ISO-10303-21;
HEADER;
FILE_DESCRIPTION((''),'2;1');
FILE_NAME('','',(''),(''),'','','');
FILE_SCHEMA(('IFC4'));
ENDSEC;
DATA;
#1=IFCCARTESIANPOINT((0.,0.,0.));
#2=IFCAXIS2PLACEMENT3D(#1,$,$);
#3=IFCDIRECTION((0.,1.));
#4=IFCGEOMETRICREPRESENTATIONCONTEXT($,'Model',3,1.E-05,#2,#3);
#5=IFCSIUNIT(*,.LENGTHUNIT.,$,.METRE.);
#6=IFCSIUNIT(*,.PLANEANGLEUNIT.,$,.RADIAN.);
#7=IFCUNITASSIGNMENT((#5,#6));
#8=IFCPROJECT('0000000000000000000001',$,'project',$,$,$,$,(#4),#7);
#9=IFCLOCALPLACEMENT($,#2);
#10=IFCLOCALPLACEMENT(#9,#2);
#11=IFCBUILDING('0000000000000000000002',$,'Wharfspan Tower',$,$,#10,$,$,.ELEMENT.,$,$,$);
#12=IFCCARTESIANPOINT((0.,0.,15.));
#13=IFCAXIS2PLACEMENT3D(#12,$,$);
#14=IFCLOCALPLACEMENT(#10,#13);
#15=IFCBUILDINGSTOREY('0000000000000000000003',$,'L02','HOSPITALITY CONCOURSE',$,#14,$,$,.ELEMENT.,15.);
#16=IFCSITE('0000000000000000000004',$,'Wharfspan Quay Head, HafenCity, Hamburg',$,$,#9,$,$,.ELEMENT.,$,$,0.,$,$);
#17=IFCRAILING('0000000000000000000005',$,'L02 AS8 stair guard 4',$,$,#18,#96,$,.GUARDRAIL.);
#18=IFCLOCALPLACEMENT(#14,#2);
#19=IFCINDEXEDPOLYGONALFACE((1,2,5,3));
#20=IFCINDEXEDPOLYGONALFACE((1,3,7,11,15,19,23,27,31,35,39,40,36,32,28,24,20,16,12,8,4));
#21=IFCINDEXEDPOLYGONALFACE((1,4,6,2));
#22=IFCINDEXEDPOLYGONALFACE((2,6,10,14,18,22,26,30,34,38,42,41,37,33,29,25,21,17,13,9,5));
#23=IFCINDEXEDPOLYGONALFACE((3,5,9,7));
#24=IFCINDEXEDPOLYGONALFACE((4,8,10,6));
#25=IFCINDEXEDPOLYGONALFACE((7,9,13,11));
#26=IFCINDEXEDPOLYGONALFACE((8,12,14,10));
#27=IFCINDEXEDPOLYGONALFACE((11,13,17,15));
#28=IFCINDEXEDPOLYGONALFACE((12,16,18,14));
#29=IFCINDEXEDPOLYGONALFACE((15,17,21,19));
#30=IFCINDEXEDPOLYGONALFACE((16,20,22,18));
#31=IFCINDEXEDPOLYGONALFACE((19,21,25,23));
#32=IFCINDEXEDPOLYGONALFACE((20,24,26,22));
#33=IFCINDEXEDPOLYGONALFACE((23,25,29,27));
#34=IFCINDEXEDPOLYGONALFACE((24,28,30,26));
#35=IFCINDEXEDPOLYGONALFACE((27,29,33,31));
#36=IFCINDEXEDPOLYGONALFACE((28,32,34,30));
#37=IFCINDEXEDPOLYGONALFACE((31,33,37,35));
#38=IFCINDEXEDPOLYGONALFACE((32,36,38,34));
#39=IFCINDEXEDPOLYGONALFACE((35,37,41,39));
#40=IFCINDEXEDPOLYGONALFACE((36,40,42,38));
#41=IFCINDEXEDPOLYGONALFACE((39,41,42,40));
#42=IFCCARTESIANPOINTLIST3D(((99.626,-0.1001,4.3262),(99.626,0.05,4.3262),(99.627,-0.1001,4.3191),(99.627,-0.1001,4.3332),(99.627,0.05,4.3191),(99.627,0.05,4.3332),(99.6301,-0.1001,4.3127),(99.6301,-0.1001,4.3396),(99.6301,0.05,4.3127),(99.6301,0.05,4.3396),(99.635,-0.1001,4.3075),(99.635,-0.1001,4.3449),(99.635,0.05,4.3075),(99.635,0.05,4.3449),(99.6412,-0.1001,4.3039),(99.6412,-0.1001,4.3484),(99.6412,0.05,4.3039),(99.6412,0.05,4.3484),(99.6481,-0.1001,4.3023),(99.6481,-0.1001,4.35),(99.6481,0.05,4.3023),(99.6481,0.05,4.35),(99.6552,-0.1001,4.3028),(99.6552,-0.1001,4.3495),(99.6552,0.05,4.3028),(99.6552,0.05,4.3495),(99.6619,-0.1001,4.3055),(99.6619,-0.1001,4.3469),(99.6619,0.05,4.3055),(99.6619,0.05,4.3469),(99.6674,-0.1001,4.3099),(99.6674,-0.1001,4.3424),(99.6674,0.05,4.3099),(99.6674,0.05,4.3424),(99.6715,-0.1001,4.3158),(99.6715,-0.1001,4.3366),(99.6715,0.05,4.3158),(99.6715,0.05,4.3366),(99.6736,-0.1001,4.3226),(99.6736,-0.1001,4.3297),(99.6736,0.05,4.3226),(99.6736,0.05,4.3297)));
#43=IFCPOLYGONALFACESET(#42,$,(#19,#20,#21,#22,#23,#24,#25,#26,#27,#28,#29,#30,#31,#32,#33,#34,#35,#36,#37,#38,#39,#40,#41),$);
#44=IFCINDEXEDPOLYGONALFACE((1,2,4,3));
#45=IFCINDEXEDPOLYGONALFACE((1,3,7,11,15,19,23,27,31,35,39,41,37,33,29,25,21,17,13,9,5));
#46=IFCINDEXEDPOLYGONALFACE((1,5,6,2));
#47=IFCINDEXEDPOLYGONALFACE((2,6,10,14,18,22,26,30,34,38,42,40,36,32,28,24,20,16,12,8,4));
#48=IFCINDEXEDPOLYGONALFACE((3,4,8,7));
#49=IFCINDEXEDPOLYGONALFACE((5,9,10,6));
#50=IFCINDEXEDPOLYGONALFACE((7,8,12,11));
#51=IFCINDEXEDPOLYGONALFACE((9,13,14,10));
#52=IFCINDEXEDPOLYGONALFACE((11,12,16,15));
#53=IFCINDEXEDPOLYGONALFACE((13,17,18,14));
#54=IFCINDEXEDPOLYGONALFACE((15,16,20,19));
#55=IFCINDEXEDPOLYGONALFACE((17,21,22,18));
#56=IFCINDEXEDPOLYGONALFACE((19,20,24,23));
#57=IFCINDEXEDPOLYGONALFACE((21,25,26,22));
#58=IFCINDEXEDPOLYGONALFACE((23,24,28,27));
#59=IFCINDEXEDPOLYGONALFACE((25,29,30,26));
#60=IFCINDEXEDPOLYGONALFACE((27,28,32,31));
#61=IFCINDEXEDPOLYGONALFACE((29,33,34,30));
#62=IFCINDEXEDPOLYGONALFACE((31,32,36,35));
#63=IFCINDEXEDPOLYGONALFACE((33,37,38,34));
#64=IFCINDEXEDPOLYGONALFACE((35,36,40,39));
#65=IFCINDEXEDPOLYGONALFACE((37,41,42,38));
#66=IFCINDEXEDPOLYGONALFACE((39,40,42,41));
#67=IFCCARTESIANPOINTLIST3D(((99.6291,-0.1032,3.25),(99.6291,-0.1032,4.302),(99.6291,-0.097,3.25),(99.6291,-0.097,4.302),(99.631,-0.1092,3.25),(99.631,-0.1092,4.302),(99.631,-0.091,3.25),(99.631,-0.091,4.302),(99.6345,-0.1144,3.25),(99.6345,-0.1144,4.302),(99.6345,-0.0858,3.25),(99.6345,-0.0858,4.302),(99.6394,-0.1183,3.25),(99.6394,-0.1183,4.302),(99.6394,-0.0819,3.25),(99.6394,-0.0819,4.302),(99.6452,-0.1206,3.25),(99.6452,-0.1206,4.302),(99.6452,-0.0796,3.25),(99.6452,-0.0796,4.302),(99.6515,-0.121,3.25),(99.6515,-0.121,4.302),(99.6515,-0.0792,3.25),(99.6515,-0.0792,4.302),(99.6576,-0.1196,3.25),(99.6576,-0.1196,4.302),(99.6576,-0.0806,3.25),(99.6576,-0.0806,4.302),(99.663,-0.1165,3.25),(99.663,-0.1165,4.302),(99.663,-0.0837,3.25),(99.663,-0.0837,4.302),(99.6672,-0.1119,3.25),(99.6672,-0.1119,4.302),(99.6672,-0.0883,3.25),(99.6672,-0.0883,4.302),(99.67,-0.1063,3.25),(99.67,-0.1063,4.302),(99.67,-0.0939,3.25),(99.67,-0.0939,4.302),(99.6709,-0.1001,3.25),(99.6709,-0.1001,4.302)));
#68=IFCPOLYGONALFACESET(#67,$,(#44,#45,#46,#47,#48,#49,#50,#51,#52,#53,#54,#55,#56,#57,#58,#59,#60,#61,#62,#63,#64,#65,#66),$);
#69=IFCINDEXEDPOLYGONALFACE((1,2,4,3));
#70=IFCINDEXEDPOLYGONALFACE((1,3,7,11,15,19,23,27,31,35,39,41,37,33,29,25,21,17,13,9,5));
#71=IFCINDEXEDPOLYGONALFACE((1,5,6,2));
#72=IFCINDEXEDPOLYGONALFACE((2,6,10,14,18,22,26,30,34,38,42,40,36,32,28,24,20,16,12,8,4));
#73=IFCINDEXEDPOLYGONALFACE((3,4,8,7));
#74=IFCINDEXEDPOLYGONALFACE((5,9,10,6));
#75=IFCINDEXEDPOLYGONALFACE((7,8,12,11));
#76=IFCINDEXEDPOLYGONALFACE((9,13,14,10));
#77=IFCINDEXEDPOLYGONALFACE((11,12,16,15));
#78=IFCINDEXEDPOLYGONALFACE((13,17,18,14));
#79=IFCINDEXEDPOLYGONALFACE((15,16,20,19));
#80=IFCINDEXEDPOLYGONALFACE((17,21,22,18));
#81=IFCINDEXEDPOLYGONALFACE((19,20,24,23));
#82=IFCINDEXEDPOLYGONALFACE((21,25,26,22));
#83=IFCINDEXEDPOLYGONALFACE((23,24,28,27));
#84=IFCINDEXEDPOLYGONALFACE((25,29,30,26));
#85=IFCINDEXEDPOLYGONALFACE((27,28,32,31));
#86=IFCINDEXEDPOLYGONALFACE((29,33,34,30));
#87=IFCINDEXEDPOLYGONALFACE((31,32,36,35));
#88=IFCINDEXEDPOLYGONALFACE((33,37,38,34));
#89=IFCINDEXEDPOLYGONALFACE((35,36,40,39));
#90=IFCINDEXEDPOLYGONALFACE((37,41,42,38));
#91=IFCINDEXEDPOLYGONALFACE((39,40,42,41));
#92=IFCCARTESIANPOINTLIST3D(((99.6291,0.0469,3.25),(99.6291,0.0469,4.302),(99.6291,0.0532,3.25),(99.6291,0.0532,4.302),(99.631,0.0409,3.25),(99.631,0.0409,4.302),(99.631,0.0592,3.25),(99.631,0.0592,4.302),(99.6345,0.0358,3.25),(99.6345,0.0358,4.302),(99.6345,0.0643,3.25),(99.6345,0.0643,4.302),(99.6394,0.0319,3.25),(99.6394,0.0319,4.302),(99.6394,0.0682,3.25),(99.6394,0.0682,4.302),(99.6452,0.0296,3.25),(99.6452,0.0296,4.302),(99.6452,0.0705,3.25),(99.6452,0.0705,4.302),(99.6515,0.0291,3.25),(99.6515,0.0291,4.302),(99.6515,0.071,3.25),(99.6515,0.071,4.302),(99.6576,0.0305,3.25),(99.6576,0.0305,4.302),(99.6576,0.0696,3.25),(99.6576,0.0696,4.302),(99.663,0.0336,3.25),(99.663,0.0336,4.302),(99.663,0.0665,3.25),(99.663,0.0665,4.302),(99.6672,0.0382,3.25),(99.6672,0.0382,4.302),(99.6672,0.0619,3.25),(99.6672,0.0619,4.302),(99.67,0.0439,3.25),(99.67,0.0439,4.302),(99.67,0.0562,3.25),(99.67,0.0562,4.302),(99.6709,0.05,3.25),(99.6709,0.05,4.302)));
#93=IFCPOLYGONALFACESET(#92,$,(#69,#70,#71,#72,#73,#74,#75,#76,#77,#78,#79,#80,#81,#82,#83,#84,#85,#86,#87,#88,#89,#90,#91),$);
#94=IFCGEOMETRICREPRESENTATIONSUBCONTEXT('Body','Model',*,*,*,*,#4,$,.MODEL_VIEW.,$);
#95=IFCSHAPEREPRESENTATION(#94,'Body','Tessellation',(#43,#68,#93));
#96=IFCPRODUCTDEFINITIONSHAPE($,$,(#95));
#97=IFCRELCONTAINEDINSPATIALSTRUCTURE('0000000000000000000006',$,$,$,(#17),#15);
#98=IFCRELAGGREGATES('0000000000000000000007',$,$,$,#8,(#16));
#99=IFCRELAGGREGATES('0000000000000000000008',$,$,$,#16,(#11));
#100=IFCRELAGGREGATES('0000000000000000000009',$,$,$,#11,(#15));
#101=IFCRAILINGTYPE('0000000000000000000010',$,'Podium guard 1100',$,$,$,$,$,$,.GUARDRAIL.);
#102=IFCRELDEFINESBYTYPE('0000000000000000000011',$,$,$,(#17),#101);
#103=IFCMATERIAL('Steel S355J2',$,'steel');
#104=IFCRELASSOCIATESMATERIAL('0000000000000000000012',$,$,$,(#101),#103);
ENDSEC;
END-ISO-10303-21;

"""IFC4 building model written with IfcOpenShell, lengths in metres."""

from ifc_helpers import new_model, si_unit, direction, frame, origin, origin_2d, place, context, subcontext, project, spatial, circle, extrude, material, type_object, element, save


model = new_model("IFC4")

# Units and contexts
model_context = context("Model", 3, precision=1e-05, world=origin(), true_north=direction((0.0, 1.0)))
body_context = subcontext(model_context, "Body", "Model", "MODEL_VIEW")
ifc_project = project(units=[si_unit("LENGTHUNIT", "METRE"), si_unit("PLANEANGLEUNIT", "RADIAN")], contexts=[model_context])

# Site, building, storey
site_placement = place(None, origin())
site = spatial("IfcSite", under=ifc_project, at=site_placement, Name="Wharfspan Quay Head, HafenCity, Hamburg", CompositionType="ELEMENT", RefElevation=0.0)
building_placement = place(site_placement, origin())
building = spatial("IfcBuilding", under=site, at=building_placement, Name="Wharfspan Tower", CompositionType="ELEMENT")
storey_placement = place(building_placement, frame((0.0, 0.0, 15.0)))
storey = spatial("IfcBuildingStorey", under=building, at=storey_placement, Name="L02", Description="HOSPITALITY CONCOURSE", CompositionType="ELEMENT", Elevation=15.0)

# Railing
ifc_material_1 = material(Name="Steel S355J2", Category="steel")
railing_type_1 = type_object("IfcRailingType", Name="Podium guard 1100", PredefinedType="GUARDRAIL", material=ifc_material_1)
railing_1_placement = place(storey_placement, frame((99.6499, -0.1001, 3.25)))
element("IfcRailing", 1, at=railing_1_placement, inside=storey, type_object=railing_type_1, Name="L02 AS8 stair guard 4", PredefinedType="GUARDRAIL", context=body_context, shape_type="SweptSolid", body=[
    extrude(circle(Radius=0.0239, at=origin_2d()), frame((0.0, 0.0, 1.0762), z_axis=(0.0, 1.0, 0.0), x_axis=(-1.0, 0.0, 0.0)), (0.0, 0.0, 1.0), 0.1501),
    extrude(circle(Radius=0.021, at=origin_2d()), origin(), (0.0, 0.0, 1.0), 1.052),
    extrude(circle(Radius=0.021, at=origin_2d()), frame((0.0, 0.1501, 0.0)), (0.0, 0.0, 1.0), 1.052),
])

save(model, "model.ifc")
